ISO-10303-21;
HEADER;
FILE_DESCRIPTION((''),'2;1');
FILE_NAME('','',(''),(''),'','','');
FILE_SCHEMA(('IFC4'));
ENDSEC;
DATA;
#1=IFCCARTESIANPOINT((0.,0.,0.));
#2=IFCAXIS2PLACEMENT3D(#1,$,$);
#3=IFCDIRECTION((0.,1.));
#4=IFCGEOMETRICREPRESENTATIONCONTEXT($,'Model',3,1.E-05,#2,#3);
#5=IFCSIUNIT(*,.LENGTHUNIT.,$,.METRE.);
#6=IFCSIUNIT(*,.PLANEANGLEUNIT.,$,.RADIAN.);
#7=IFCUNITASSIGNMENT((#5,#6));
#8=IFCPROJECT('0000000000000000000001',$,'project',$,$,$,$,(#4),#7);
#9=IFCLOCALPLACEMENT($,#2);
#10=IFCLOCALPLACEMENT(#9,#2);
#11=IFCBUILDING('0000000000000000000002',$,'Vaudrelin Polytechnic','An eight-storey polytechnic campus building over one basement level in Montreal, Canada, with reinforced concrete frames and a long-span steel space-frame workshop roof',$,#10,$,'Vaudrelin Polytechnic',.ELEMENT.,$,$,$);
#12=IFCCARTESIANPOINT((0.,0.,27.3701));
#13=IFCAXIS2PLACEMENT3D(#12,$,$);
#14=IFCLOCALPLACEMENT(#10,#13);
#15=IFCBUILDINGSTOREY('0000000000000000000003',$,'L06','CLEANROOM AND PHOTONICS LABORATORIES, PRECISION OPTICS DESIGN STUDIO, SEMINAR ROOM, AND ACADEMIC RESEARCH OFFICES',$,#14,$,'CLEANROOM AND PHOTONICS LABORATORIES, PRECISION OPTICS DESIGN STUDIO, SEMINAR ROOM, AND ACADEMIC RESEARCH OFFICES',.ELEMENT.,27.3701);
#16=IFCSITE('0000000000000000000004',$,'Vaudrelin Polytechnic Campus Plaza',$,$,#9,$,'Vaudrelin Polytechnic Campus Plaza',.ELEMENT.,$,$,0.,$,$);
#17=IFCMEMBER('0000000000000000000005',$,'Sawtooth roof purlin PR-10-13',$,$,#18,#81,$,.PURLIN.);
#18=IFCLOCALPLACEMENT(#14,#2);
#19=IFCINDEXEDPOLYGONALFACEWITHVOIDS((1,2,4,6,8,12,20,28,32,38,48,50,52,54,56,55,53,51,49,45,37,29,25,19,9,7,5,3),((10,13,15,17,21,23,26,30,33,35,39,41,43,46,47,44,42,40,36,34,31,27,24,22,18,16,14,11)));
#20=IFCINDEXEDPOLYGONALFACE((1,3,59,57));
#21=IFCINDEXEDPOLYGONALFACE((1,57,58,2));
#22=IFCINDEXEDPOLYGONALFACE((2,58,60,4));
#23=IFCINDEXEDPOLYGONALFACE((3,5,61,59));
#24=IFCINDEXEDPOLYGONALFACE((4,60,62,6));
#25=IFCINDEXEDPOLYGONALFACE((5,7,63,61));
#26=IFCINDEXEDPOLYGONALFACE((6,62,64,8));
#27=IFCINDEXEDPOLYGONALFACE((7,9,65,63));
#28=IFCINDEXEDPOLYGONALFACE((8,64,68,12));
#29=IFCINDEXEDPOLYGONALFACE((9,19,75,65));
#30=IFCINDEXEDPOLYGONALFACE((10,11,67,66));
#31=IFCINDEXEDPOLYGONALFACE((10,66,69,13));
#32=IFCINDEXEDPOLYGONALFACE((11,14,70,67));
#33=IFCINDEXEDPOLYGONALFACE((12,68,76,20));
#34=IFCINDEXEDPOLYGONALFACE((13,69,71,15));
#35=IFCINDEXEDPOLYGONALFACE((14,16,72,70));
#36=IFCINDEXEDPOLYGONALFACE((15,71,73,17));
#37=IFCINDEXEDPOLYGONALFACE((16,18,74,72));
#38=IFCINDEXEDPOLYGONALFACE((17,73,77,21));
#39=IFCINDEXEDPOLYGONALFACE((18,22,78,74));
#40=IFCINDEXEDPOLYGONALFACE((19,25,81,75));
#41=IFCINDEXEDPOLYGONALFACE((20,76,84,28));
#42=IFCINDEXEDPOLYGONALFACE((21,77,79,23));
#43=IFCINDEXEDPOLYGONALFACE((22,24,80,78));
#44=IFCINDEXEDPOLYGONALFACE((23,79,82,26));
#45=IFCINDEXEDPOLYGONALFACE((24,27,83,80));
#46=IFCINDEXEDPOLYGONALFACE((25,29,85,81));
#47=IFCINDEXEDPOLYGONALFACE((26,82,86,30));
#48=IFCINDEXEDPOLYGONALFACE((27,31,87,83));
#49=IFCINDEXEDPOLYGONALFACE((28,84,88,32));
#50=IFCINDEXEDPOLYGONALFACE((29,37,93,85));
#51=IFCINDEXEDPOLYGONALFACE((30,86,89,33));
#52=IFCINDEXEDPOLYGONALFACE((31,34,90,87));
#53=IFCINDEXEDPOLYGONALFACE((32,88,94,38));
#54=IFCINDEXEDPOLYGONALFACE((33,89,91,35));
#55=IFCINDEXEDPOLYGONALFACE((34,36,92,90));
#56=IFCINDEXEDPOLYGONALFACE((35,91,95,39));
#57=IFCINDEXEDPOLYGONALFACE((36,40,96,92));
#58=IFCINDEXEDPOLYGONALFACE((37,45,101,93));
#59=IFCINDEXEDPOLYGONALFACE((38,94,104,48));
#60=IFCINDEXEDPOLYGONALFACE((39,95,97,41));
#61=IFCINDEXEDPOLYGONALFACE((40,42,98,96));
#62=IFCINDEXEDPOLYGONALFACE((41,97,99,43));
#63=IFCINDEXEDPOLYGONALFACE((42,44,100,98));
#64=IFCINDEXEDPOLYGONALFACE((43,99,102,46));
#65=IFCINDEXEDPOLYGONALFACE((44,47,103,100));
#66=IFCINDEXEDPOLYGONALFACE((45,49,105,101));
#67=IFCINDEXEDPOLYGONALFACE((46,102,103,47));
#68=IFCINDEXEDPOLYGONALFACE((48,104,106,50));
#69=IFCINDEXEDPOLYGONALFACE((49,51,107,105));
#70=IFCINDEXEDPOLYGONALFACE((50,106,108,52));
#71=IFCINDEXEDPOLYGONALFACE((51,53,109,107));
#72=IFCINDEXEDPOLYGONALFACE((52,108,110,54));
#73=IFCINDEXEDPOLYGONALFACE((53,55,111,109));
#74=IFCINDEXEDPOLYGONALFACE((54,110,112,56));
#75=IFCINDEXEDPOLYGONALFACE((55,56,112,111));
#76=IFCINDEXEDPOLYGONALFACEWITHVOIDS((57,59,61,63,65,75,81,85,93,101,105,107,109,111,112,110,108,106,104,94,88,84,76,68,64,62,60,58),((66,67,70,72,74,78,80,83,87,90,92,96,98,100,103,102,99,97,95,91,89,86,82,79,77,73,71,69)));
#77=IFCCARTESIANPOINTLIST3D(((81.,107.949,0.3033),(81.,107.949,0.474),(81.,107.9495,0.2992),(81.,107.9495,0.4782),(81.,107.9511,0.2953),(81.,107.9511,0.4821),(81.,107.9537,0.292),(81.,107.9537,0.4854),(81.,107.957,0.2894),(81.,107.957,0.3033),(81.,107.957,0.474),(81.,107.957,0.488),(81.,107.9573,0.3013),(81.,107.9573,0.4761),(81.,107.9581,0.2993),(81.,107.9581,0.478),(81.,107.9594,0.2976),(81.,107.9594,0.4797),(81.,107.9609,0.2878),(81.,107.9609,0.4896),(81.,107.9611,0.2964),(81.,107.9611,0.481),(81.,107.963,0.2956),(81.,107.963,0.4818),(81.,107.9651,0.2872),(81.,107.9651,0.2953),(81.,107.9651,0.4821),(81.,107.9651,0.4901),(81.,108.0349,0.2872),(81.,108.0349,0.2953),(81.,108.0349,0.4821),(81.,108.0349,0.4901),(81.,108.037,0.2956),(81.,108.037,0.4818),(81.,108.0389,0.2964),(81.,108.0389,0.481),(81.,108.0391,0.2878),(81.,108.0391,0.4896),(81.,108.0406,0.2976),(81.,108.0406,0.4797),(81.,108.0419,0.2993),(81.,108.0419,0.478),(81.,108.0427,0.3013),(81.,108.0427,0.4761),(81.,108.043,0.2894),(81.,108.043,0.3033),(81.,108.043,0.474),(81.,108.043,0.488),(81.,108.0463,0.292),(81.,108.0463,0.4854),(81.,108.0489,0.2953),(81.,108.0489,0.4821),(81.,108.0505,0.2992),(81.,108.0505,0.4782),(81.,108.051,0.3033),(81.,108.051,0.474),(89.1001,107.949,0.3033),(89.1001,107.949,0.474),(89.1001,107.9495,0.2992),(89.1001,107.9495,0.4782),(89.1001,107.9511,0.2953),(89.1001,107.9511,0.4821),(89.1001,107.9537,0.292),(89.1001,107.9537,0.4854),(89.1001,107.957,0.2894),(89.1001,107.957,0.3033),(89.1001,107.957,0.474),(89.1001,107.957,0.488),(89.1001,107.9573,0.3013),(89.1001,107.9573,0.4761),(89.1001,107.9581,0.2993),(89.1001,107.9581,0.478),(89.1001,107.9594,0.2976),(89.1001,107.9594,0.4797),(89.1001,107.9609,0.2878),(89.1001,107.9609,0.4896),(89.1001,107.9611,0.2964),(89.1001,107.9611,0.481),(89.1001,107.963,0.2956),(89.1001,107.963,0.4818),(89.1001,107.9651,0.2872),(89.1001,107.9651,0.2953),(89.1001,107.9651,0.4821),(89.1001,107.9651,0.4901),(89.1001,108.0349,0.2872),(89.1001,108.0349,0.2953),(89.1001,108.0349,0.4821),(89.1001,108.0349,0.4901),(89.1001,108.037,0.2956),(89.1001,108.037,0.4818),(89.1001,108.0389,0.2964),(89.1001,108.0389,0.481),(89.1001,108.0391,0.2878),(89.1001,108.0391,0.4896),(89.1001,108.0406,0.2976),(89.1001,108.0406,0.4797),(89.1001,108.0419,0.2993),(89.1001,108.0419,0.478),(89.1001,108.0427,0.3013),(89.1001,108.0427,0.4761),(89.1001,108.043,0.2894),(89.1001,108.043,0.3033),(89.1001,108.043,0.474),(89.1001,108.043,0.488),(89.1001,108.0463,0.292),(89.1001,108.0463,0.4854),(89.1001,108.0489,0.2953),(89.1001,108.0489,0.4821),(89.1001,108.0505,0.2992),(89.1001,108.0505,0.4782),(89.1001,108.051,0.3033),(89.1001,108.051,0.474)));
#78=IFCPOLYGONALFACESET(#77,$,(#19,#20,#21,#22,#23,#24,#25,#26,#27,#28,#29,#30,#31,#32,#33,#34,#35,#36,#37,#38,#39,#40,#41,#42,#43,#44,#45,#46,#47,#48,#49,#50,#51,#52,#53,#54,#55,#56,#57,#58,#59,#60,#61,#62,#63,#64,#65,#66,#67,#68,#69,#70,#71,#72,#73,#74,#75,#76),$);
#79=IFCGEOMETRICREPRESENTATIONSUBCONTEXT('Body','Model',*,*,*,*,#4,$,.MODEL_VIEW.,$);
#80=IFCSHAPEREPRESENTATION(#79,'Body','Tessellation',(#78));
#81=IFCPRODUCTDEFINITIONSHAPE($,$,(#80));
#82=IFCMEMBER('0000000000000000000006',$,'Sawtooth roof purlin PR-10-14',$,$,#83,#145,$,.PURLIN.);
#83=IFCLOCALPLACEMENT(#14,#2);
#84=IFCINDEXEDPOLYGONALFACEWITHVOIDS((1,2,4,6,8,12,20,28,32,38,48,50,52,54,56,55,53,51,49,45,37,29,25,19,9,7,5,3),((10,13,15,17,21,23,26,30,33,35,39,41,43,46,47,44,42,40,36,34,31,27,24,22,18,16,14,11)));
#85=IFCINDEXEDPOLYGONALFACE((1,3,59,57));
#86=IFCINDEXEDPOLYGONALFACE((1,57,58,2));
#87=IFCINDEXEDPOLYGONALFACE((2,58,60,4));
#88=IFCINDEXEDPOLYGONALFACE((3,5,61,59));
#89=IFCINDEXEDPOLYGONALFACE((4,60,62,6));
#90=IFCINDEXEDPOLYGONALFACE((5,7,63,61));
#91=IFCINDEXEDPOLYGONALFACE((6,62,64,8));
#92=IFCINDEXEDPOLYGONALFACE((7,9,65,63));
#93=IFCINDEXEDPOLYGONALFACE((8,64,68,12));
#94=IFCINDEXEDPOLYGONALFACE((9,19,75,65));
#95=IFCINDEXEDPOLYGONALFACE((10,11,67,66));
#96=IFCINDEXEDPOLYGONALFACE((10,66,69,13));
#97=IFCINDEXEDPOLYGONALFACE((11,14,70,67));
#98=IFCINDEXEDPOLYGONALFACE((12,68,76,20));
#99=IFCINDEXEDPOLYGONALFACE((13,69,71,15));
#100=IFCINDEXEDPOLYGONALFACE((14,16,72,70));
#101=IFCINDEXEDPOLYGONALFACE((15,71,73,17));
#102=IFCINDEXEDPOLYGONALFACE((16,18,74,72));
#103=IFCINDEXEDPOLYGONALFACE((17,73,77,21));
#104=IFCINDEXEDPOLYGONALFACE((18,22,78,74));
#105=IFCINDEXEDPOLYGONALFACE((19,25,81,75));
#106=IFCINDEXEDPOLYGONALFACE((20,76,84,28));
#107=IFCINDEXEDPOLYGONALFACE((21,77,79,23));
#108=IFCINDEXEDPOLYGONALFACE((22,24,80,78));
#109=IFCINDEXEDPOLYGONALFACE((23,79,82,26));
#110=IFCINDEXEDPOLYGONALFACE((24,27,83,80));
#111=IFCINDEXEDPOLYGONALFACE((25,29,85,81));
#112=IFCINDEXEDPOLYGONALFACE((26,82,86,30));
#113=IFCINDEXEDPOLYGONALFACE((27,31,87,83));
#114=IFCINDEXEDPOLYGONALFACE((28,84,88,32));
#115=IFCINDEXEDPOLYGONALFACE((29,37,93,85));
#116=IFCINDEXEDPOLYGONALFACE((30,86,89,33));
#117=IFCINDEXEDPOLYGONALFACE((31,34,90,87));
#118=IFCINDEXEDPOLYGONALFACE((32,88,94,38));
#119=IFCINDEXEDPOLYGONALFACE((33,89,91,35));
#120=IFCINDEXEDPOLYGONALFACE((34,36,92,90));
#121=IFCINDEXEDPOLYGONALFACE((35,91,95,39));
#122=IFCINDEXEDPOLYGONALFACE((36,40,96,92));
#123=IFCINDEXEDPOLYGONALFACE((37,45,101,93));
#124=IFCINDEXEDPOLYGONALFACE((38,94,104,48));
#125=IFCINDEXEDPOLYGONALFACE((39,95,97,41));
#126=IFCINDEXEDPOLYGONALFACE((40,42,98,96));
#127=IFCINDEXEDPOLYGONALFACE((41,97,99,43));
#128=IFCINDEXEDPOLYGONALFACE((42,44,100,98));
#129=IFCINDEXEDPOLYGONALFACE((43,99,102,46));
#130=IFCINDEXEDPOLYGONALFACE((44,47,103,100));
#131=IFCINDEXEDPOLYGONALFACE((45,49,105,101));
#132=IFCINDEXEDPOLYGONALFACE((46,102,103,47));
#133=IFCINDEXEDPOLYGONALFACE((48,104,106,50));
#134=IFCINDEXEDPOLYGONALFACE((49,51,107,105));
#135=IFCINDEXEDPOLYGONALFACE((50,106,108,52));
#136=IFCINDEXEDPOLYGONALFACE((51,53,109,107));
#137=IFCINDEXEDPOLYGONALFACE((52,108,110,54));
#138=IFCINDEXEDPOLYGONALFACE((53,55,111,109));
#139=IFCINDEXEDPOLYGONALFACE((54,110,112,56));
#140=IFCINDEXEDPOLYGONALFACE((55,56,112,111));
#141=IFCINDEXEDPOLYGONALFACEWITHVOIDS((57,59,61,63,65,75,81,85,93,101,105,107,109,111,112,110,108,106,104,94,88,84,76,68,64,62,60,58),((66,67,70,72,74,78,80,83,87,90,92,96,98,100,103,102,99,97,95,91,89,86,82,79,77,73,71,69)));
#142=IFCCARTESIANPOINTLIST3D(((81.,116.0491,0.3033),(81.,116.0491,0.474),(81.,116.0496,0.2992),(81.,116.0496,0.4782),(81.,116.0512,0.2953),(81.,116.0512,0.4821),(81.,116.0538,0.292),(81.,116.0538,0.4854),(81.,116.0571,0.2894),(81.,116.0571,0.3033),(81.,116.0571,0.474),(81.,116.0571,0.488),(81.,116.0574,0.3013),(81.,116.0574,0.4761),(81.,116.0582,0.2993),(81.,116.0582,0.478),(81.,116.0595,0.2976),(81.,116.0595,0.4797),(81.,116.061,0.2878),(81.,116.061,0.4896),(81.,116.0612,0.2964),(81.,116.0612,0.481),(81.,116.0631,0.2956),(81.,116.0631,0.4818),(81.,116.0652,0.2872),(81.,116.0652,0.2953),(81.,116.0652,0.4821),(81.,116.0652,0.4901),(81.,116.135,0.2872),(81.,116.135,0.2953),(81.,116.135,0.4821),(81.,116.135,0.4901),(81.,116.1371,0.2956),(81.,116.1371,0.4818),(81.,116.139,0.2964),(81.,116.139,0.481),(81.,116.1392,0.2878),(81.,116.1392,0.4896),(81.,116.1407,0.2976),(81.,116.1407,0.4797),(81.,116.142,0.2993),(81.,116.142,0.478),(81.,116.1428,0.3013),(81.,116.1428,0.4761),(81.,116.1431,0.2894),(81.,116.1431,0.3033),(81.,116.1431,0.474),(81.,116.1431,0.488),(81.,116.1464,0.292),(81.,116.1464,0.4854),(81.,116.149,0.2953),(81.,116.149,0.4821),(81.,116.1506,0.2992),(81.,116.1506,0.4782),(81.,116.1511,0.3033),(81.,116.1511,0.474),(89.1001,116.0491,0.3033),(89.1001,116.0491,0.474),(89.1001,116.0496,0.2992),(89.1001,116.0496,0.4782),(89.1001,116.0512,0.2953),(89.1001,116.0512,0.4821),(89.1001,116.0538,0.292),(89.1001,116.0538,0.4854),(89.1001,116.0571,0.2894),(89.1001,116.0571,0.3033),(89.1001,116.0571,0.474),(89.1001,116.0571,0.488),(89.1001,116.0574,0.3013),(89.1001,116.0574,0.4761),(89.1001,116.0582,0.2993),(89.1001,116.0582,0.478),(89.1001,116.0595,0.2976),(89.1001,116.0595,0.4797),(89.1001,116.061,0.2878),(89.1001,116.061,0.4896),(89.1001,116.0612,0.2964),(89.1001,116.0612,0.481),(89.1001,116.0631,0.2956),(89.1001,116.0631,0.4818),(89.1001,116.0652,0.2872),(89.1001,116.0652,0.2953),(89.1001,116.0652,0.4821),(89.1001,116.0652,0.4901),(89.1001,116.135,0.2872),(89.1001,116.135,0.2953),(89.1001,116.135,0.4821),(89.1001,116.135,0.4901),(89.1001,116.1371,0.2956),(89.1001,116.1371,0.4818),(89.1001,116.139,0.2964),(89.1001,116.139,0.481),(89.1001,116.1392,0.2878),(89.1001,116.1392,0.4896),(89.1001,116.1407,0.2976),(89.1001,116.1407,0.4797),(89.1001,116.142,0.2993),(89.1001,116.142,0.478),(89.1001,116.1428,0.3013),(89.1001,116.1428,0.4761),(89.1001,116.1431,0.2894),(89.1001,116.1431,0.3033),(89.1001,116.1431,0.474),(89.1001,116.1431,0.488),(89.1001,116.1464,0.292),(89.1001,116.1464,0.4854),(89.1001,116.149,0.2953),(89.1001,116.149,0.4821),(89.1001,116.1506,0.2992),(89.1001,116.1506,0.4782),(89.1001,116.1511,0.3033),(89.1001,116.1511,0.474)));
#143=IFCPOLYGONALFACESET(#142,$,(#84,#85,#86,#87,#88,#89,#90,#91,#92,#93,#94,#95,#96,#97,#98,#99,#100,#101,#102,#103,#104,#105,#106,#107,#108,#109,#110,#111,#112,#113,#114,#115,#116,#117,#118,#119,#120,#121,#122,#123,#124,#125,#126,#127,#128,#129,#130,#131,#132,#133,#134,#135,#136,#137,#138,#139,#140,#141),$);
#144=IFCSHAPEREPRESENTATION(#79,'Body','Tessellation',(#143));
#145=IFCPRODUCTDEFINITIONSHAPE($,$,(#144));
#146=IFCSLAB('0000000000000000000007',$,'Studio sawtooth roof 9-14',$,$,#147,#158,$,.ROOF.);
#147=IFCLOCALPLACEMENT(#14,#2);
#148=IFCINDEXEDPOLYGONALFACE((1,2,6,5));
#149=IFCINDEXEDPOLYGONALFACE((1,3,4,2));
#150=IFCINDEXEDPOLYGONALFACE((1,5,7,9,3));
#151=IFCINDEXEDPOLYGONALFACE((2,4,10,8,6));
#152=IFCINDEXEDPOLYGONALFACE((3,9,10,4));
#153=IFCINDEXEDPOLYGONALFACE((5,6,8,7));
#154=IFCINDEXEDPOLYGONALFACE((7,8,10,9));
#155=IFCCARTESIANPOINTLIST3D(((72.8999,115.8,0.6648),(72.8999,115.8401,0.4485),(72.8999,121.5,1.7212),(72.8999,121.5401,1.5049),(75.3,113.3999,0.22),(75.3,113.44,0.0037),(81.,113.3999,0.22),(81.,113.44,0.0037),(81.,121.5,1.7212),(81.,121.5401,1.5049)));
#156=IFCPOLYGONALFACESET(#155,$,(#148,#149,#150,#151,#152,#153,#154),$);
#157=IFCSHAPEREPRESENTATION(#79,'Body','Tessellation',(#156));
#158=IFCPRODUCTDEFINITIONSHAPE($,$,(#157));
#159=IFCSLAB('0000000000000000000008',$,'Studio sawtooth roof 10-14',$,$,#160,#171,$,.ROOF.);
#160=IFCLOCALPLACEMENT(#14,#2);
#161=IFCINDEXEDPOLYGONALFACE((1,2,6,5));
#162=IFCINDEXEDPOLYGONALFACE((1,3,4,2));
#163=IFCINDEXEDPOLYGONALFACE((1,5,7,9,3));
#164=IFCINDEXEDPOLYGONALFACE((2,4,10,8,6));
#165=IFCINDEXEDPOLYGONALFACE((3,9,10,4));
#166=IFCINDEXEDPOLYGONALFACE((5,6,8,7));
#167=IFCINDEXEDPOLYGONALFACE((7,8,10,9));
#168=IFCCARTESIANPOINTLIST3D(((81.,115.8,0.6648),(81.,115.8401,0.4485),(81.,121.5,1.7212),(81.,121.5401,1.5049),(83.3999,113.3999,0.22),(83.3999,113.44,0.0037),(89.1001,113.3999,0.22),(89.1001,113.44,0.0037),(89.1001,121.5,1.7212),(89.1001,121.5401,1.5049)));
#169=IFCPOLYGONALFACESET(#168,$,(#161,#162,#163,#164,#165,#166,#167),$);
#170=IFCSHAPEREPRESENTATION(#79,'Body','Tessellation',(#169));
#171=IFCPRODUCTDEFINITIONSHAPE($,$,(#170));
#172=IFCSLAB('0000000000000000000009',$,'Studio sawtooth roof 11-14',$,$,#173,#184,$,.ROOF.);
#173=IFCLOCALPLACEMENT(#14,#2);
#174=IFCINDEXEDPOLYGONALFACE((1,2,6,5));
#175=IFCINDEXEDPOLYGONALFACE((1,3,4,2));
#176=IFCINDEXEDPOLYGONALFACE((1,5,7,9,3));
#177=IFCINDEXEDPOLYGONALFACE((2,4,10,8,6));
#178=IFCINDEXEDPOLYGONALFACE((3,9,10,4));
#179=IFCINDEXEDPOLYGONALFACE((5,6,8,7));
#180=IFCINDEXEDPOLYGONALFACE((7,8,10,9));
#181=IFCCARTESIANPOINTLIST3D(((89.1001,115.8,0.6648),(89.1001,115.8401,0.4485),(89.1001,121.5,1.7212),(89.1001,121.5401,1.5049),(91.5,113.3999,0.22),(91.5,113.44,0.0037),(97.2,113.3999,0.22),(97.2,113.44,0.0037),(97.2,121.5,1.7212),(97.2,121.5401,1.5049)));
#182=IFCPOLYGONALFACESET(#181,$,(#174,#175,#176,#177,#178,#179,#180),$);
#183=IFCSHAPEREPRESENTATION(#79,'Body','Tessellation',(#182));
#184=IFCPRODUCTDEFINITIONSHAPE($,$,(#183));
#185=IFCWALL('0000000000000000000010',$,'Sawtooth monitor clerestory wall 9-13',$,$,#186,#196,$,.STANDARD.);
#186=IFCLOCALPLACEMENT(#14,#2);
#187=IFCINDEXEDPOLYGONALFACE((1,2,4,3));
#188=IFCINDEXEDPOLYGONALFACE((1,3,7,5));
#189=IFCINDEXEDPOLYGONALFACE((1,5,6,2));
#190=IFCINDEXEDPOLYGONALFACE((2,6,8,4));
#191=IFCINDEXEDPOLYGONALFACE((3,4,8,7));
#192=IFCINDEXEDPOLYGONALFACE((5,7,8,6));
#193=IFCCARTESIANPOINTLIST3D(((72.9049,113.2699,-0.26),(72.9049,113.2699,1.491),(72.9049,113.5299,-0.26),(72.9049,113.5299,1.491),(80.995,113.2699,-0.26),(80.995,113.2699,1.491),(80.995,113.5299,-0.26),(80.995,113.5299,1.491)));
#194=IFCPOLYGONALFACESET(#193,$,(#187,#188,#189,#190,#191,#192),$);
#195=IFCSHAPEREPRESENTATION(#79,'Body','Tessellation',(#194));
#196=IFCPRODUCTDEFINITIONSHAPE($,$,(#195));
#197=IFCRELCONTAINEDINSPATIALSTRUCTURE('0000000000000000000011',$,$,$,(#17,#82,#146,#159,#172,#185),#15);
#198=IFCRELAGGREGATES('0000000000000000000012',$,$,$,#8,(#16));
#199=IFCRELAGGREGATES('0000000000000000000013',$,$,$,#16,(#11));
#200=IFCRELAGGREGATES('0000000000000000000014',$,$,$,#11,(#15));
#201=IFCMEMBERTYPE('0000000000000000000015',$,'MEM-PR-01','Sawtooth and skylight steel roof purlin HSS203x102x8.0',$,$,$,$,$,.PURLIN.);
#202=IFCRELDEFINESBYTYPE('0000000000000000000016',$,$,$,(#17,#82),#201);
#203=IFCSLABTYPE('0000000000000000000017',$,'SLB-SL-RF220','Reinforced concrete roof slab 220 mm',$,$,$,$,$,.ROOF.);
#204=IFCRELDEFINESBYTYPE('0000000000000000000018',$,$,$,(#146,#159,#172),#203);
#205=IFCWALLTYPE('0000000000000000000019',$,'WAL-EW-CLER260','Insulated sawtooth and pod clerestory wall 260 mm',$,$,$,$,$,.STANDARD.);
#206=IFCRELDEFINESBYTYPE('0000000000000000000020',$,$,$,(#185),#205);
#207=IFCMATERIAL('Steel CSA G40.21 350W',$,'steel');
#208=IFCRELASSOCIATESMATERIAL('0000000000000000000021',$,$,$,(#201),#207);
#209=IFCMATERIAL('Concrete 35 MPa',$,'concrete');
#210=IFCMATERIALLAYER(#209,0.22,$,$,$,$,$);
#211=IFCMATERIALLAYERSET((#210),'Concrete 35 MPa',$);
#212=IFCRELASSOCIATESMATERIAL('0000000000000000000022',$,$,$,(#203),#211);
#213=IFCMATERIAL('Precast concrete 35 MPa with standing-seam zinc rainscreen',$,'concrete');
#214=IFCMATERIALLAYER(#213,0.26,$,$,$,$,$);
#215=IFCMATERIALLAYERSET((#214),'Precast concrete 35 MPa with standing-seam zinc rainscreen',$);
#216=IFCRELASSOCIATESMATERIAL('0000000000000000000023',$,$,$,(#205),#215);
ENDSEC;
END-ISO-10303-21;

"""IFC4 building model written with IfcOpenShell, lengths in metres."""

from ifc_helpers import new_model, si_unit, direction, frame, frame_2d, origin, origin_2d, place, context, subcontext, project, spatial, polyline, rectangle, hollow_rectangle, outline, extrude, material, layer, layer_set, material_profile, profile_set, type_object, element, save


model = new_model("IFC4")

# Units and contexts
model_context = context("Model", 3, precision=1e-05, world=origin(), true_north=direction((0.0, 1.0)))
body_context = subcontext(model_context, "Body", "Model", "MODEL_VIEW")
ifc_project = project(units=[si_unit("LENGTHUNIT", "METRE"), si_unit("PLANEANGLEUNIT", "RADIAN")], contexts=[model_context])

# Site, building, storey
site_placement = place(None, origin())
site = spatial("IfcSite", under=ifc_project, at=site_placement, Name="Vaudrelin Polytechnic Campus Plaza", LongName="Vaudrelin Polytechnic Campus Plaza", CompositionType="ELEMENT", RefElevation=0.0)
building_placement = place(site_placement, origin())
building = spatial("IfcBuilding", under=site, at=building_placement, Name="Vaudrelin Polytechnic", Description="An eight-storey polytechnic campus building over one basement level in Montreal, Canada, with reinforced concrete frames and a long-span steel space-frame workshop roof", LongName="Vaudrelin Polytechnic", CompositionType="ELEMENT")
storey_placement = place(building_placement, frame((0.0, 0.0, 27.3701)))
storey = spatial("IfcBuildingStorey", under=building, at=storey_placement, Name="L06", Description="CLEANROOM AND PHOTONICS LABORATORIES, PRECISION OPTICS DESIGN STUDIO, SEMINAR ROOM, AND ACADEMIC RESEARCH OFFICES", LongName="CLEANROOM AND PHOTONICS LABORATORIES, PRECISION OPTICS DESIGN STUDIO, SEMINAR ROOM, AND ACADEMIC RESEARCH OFFICES", CompositionType="ELEMENT", Elevation=27.3701)

# Shared definitions
ifc_material_1 = material(Name="Steel CSA G40.21 350W", Category="steel")

# Members
ifc_material_profile_1 = material_profile(ifc_material_1, hollow_rectangle(XDim=0.1021, YDim=0.2029, WallThickness=0.0081, InnerFilletRadius=0.0081, OuterFilletRadius=0.0161, at=origin_2d()), Name="HSS203x102x8.0")
ifc_profile_set_1 = profile_set([ifc_material_profile_1], Name="Steel CSA G40.21 350W")
member_type = type_object("IfcMemberType", Name="MEM-PR-01", Description="Sawtooth and skylight steel roof purlin HSS203x102x8.0", PredefinedType="PURLIN", material=ifc_profile_set_1)
for number, where, z_axis, x_axis, name in (
    (1, (81.0, 108.0, 0.3887), (1.0, 0.0, 0.0), (0.0, 1.0, 0.0), "Sawtooth roof purlin PR-10-13"),
    (2, (81.0, 116.1001, 0.3887), (1.0, 0.0, 0.0), (0.0, 1.0, 0.0), "Sawtooth roof purlin PR-10-14"),
):
    element("IfcMember", number, at=place(storey_placement, frame(where, z_axis=z_axis, x_axis=x_axis)), inside=storey, type_object=member_type, Name=name, PredefinedType="PURLIN", context=body_context, shape_type="SweptSolid", body=[
        extrude(hollow_rectangle(XDim=0.1021, YDim=0.2029, WallThickness=0.0081, InnerFilletRadius=0.0081, OuterFilletRadius=0.0161, at=origin_2d()), origin(), (0.0, 0.0, 1.0), 8.1001),
    ])

# Slabs
ifc_material_2 = material(Name="Concrete 35 MPa", Category="concrete")
ifc_layer_1 = layer(ifc_material_2, 0.22)
ifc_layer_set_1 = layer_set([ifc_layer_1], Name="Concrete 35 MPa")
slab_type = type_object("IfcSlabType", Name="SLB-SL-RF220", Description="Reinforced concrete roof slab 220 mm", PredefinedType="ROOF", material=ifc_layer_set_1)
slab_1_placement = place(storey_placement, frame((72.8999, 115.8, 0.6648), z_axis=(0.0, -0.18223, 0.983256), x_axis=(0.701112, -0.701112, -0.129939)))
element("IfcSlab", 3, at=slab_1_placement, inside=storey, type_object=slab_type, Name="Studio sawtooth roof 9-14", PredefinedType="ROOF", context=body_context, shape_type="SweptSolid", body=[
    extrude(outline(polyline([(0.0, 0.0), (3.4233, 0.0), (7.4196, 4.0644), (1.5455, 9.8401), (-4.1336, 4.0644), (0.0, 0.0)])), origin(), (0.0, 0.0, -1.0), 0.22),
])
slab_2_placement = place(storey_placement, frame((81.0, 115.8, 0.6648), z_axis=(0.0, -0.18223, 0.983256), x_axis=(0.701076, -0.701147, -0.129946)))
element("IfcSlab", 4, at=slab_2_placement, inside=storey, type_object=slab_type, Name="Studio sawtooth roof 10-14", PredefinedType="ROOF", context=body_context, shape_type="SweptSolid", body=[
    extrude(outline(polyline([(0.0, 0.0), (3.4232, 0.0), (7.4194, 4.0647), (1.545, 9.8402), (-4.1338, 4.0641), (0.0, 0.0)])), origin(), (0.0, 0.0, -1.0), 0.22),
])
slab_3_placement = place(storey_placement, frame((89.1001, 115.8, 0.6648), z_axis=(0.0, -0.18223, 0.983256), x_axis=(0.701076, -0.701147, -0.129946)))
element("IfcSlab", 5, at=slab_3_placement, inside=storey, type_object=slab_type, Name="Studio sawtooth roof 11-14", PredefinedType="ROOF", context=body_context, shape_type="SweptSolid", body=[
    extrude(outline(polyline([(0.0, 0.0), (3.4232, 0.0), (7.4193, 4.0646), (1.5448, 9.84), (-4.1338, 4.0641), (0.0, 0.0)])), origin(), (0.0, 0.0, -1.0), 0.22),
])

# Wall
ifc_material_3 = material(Name="Precast concrete 35 MPa with standing-seam zinc rainscreen", Category="concrete")
ifc_layer_2 = layer(ifc_material_3, 0.26)
ifc_layer_set_2 = layer_set([ifc_layer_2], Name="Precast concrete 35 MPa with standing-seam zinc rainscreen")
wall_type = type_object("IfcWallType", Name="WAL-EW-CLER260", Description="Insulated sawtooth and pod clerestory wall 260 mm", PredefinedType="STANDARD", material=ifc_layer_set_2)
for number, where, z_axis, x_axis, name in (
    (6, (72.905, 113.3999, -0.26), (0.0, 0.0, 1.0), (1.0, 0.0, 0.0), "Sawtooth monitor clerestory wall 9-13"),
):
    element("IfcWall", number, at=place(storey_placement, frame(where, z_axis=z_axis, x_axis=x_axis)), inside=storey, type_object=wall_type, Name=name, PredefinedType="STANDARD", context=body_context, shape_type="SweptSolid", body=[
        extrude(rectangle(XDim=8.0901, YDim=0.26, at=frame_2d((4.0449, 0.0))), origin(), (0.0, 0.0, 1.0), 1.751),
    ])

save(model, "model.ifc")
